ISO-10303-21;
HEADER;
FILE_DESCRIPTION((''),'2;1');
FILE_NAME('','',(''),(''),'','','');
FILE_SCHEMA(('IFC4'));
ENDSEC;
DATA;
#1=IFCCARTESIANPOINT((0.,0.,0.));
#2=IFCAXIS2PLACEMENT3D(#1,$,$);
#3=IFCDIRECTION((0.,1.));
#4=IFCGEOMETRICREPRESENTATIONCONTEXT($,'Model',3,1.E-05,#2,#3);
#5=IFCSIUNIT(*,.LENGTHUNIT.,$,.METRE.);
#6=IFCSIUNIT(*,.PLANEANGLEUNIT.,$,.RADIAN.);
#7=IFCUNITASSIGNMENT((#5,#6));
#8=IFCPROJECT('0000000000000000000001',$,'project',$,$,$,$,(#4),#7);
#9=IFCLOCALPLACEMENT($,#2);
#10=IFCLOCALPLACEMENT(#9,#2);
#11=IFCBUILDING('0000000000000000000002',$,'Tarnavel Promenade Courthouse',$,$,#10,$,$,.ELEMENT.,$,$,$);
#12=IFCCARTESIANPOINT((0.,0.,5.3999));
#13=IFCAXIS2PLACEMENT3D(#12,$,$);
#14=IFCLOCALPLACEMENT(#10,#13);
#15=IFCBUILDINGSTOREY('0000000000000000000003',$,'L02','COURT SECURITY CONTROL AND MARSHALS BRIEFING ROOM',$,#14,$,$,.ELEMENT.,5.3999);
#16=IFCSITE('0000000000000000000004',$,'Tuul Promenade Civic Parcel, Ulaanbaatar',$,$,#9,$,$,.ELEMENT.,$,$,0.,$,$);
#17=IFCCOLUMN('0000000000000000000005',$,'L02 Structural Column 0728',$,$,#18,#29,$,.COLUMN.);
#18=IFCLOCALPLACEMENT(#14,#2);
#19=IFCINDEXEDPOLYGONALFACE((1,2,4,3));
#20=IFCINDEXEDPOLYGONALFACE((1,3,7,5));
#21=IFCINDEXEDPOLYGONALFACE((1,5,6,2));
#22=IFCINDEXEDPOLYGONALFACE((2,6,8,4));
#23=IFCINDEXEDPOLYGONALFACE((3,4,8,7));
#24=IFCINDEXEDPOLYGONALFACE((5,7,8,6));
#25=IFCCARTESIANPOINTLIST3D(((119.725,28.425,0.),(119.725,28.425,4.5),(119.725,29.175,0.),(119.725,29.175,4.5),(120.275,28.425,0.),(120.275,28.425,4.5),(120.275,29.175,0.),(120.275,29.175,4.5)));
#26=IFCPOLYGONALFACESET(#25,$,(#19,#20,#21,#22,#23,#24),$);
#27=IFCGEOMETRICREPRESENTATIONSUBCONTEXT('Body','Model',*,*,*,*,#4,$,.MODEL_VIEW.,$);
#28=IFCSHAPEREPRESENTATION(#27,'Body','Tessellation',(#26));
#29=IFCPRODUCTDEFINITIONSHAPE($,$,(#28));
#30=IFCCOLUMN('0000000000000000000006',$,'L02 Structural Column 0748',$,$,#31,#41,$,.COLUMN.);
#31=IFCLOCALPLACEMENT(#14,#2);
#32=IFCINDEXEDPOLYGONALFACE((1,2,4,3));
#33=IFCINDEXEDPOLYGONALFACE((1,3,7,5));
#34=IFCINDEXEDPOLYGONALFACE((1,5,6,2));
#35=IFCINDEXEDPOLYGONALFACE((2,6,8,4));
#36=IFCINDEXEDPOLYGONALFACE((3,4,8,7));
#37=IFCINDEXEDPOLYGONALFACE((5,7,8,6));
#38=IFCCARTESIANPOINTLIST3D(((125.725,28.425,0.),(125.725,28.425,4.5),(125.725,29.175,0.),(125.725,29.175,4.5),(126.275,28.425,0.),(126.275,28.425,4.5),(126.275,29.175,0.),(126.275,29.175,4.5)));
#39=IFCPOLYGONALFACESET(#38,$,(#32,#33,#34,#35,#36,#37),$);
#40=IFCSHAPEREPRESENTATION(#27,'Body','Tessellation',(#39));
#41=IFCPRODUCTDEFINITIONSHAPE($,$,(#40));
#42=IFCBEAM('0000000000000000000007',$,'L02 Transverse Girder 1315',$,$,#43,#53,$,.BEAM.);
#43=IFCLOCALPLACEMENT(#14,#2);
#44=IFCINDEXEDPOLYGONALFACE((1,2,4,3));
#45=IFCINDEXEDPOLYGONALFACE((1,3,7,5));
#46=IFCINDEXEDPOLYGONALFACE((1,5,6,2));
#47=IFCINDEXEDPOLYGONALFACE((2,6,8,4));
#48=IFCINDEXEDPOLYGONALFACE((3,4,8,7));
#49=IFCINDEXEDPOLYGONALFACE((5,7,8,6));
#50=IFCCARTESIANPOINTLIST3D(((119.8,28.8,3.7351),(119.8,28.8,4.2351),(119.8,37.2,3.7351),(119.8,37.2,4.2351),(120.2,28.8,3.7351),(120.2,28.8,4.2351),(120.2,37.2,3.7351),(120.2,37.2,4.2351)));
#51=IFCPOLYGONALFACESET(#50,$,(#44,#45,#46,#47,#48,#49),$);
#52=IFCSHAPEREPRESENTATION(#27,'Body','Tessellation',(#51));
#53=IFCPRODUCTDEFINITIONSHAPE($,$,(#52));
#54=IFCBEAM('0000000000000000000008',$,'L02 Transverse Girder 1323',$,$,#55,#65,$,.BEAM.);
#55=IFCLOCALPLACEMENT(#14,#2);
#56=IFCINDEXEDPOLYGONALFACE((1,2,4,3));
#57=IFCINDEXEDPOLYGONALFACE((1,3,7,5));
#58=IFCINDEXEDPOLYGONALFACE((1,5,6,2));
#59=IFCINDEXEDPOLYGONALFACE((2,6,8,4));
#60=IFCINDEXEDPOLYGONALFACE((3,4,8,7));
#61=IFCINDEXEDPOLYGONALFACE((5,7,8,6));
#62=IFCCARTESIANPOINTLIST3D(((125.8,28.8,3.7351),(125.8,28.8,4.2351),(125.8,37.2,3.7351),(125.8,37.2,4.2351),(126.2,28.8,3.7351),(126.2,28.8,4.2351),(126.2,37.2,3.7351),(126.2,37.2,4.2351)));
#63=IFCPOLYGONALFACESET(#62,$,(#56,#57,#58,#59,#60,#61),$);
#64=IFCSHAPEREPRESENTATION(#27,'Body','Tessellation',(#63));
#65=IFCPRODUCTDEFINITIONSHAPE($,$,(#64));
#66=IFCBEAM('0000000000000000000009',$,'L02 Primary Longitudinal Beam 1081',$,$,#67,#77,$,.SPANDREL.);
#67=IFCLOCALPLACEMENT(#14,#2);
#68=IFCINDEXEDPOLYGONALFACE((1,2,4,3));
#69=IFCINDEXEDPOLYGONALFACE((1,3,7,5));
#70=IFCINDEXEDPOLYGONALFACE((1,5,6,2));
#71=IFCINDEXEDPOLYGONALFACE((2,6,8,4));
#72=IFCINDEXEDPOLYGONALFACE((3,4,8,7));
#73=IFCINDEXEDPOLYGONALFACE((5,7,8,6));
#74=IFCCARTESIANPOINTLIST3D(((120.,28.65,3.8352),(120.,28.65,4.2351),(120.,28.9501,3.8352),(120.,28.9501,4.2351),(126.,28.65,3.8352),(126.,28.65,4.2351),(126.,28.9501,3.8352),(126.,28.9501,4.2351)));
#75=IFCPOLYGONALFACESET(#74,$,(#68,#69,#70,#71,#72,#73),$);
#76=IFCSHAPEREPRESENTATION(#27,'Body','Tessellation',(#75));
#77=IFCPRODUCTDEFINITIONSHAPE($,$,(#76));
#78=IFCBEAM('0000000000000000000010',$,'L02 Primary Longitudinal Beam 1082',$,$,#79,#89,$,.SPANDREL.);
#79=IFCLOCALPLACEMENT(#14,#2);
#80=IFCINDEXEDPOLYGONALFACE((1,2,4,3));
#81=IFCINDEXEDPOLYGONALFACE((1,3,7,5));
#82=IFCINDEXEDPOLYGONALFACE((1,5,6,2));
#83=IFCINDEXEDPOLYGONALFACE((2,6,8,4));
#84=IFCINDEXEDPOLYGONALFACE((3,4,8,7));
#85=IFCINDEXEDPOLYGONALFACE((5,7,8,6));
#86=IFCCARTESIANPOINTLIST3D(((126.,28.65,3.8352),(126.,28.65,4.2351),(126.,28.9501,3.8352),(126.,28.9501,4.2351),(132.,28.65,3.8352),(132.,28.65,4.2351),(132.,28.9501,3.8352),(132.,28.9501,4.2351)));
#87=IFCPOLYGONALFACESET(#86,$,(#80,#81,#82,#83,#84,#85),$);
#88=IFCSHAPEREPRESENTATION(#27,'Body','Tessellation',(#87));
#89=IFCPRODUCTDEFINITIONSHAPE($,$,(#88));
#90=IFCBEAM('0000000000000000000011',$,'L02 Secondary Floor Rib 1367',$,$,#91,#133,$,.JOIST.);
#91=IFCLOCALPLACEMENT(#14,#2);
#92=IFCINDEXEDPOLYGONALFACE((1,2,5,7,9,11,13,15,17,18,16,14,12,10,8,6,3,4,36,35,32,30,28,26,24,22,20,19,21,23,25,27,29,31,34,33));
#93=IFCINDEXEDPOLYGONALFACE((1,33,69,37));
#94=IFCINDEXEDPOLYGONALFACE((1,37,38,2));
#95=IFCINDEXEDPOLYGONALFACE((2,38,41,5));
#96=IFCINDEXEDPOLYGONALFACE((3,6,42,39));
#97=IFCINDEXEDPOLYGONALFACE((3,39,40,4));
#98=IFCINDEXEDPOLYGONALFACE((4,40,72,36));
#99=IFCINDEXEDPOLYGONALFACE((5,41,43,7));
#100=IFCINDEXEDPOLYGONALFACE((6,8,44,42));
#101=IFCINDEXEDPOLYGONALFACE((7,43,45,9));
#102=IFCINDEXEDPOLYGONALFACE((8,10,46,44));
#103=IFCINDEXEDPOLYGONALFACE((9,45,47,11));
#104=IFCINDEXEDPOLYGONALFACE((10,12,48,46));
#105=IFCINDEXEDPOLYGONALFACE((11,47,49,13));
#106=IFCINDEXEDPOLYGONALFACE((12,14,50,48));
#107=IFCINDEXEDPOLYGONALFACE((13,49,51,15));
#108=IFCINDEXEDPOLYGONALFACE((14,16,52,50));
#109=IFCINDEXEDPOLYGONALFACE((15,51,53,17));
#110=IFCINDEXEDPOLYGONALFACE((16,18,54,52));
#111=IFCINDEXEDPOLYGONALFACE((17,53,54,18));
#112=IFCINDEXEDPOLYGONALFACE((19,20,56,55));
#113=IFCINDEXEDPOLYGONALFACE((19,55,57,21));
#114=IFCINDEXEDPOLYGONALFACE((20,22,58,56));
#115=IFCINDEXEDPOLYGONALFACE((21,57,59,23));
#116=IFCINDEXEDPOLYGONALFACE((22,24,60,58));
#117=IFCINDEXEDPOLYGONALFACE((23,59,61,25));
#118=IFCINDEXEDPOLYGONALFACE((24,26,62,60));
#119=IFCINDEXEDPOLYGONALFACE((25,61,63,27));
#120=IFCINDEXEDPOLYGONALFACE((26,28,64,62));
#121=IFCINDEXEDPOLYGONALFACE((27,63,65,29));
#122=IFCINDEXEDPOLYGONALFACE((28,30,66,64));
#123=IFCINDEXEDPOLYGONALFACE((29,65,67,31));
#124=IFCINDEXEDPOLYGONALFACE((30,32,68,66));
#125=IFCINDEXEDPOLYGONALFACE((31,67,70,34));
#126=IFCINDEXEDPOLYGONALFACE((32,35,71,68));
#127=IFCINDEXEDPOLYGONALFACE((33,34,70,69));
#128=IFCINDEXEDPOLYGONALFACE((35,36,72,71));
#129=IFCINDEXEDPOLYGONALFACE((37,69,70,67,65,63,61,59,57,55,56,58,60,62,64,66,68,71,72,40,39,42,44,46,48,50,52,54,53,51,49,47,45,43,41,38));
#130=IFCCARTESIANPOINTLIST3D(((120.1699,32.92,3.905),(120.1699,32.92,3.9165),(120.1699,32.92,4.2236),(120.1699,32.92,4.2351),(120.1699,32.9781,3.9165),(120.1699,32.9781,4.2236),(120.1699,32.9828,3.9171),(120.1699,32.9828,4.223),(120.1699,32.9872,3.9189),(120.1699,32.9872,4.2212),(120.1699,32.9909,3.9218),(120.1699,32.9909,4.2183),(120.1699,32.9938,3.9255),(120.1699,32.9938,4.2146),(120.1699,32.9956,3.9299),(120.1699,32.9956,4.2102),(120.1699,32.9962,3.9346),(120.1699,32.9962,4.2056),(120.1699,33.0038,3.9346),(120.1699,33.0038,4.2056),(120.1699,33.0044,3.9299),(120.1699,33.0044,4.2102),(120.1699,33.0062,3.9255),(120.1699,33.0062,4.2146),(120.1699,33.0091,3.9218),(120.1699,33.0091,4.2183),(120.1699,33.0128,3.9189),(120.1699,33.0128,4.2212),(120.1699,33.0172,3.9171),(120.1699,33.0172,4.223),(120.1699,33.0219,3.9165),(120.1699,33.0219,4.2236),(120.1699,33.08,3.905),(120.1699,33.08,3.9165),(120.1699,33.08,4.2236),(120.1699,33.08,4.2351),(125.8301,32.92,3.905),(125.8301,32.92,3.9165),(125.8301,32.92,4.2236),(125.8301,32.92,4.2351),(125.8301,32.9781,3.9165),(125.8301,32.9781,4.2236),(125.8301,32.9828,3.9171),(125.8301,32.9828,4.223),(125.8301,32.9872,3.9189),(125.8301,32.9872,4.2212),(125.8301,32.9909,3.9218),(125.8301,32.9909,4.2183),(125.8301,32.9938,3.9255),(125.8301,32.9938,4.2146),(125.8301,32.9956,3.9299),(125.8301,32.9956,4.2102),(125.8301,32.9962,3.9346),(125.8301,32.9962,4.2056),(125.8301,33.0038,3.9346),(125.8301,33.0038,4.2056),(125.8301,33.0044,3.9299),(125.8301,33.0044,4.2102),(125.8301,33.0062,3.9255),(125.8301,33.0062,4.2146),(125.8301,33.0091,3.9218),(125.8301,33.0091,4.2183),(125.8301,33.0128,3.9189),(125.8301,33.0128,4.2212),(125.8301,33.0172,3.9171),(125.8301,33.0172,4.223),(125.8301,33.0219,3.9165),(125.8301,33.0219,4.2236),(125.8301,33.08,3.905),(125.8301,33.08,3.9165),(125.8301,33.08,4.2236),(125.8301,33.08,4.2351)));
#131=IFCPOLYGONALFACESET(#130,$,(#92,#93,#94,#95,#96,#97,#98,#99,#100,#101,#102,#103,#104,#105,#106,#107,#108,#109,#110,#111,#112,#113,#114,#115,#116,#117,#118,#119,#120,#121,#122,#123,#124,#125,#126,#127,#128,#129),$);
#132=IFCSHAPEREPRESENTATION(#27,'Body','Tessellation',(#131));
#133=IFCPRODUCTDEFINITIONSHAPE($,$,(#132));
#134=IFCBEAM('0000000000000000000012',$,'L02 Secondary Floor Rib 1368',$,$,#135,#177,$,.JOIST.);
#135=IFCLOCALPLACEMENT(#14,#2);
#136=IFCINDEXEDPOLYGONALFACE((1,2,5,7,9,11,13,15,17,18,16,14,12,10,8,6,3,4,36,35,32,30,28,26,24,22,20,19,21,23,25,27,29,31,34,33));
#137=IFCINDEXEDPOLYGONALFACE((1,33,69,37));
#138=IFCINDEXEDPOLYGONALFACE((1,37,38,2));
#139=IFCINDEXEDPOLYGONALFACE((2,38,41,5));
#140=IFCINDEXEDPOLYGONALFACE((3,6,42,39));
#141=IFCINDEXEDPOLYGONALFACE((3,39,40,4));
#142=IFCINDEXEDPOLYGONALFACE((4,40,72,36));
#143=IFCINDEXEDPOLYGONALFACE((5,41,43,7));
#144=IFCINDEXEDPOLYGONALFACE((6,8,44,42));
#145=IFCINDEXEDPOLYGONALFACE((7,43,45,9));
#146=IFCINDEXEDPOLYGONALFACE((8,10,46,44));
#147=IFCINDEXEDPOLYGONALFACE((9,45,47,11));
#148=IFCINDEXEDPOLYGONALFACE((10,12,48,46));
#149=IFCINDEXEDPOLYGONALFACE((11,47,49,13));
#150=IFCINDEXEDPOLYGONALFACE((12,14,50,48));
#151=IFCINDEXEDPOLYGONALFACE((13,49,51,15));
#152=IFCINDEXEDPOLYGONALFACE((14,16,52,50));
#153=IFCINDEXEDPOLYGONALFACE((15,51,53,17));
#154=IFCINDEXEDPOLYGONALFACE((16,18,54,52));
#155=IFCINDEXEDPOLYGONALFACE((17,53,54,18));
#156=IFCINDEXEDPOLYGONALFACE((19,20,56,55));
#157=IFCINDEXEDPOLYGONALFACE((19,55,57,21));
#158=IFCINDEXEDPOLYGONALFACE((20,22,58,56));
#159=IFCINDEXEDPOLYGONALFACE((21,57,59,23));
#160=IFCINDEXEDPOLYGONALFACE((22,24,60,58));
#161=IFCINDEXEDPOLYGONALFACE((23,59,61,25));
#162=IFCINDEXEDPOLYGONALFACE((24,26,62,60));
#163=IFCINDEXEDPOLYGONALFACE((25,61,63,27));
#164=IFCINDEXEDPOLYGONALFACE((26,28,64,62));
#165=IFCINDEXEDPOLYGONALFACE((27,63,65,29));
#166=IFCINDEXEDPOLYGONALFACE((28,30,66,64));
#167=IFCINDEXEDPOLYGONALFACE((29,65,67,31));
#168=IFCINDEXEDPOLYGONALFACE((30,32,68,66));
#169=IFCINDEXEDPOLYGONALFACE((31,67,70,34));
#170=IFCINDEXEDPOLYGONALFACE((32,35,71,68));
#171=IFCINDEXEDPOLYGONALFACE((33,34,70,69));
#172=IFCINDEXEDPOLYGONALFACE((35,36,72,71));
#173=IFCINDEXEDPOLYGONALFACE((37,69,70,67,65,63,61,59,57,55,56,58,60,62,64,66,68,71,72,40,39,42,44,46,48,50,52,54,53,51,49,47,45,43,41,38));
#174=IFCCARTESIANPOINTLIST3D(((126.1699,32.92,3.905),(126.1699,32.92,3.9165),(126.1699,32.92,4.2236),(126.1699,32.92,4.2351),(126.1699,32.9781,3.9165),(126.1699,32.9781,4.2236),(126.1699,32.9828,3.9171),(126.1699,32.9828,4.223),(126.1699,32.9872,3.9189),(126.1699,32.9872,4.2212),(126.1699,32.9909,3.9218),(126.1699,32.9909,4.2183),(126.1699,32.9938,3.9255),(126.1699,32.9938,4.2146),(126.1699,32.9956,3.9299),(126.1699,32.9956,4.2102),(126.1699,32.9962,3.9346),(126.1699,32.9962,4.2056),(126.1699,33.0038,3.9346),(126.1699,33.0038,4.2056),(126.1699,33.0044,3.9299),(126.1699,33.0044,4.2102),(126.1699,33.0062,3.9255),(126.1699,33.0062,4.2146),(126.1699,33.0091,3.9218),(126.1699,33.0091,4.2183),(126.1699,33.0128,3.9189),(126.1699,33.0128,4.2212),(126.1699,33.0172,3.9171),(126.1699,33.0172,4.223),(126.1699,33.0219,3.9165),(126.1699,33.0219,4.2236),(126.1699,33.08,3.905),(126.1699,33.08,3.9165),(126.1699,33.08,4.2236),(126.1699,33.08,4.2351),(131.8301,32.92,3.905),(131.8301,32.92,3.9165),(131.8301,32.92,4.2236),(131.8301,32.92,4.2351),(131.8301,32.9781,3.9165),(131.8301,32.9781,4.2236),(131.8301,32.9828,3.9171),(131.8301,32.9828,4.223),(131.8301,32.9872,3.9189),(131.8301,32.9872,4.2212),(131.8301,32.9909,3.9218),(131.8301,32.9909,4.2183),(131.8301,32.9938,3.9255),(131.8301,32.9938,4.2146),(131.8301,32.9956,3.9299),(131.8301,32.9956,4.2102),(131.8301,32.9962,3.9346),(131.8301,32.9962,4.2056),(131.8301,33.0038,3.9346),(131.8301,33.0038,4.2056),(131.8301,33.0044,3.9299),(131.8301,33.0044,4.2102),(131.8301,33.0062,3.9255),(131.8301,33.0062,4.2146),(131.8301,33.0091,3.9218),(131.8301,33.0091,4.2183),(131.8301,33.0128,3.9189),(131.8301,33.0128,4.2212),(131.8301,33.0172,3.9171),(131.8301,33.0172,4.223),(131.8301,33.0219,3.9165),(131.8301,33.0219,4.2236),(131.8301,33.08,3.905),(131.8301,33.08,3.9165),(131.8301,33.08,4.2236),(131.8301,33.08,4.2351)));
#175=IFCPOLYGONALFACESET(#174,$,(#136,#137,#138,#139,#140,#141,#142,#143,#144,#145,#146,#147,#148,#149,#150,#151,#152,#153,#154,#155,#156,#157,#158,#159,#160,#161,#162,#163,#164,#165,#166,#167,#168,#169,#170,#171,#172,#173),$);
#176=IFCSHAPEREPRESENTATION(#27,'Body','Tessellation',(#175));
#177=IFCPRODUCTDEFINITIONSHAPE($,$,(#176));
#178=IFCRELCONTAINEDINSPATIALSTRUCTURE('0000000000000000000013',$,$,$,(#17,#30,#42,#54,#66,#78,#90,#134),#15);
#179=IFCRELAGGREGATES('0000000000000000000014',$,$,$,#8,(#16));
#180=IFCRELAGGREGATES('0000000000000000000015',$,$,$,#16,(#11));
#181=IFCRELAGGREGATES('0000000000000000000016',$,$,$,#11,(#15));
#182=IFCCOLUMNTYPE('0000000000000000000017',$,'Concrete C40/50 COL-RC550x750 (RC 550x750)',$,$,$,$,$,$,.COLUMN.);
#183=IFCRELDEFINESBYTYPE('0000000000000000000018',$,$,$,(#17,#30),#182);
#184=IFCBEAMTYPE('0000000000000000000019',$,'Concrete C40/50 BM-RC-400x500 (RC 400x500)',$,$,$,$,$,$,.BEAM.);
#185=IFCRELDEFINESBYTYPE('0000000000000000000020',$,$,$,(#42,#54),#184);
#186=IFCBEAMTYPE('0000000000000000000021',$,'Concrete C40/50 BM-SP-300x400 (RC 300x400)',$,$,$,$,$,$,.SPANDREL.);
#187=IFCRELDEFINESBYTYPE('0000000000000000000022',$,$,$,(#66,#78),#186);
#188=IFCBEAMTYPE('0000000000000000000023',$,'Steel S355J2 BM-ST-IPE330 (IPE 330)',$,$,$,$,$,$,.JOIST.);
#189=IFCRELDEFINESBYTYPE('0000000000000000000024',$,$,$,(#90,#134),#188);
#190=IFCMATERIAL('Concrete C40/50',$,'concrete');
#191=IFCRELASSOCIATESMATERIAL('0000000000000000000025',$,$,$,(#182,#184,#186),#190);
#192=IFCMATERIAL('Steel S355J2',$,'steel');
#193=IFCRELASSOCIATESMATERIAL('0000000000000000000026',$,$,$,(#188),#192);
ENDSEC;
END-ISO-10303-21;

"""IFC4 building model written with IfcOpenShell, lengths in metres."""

from ifc_helpers import new_model, si_unit, direction, frame, origin, origin_2d, place, context, subcontext, project, spatial, rectangle, i_section, extrude, material, material_profile, profile_set, type_object, element, save


model = new_model("IFC4")

# Units and contexts
model_context = context("Model", 3, precision=1e-05, world=origin(), true_north=direction((0.0, 1.0)))
body_context = subcontext(model_context, "Body", "Model", "MODEL_VIEW")
ifc_project = project(units=[si_unit("LENGTHUNIT", "METRE"), si_unit("PLANEANGLEUNIT", "RADIAN")], contexts=[model_context])

# Site, building, storey
site_placement = place(None, origin())
site = spatial("IfcSite", under=ifc_project, at=site_placement, Name="Tuul Promenade Civic Parcel, Ulaanbaatar", CompositionType="ELEMENT", RefElevation=0.0)
building_placement = place(site_placement, origin())
building = spatial("IfcBuilding", under=site, at=building_placement, Name="Tarnavel Promenade Courthouse", CompositionType="ELEMENT")
storey_placement = place(building_placement, frame((0.0, 0.0, 5.3999)))
storey = spatial("IfcBuildingStorey", under=building, at=storey_placement, Name="L02", Description="COURT SECURITY CONTROL AND MARSHALS BRIEFING ROOM", CompositionType="ELEMENT", Elevation=5.3999)

# Columns
ifc_material_1 = material(Name="Concrete C40/50", Category="concrete")
ifc_material_profile_1 = material_profile(ifc_material_1, rectangle(XDim=0.55, YDim=0.75, at=origin_2d()), Name="RC 550x750")
ifc_profile_set_1 = profile_set([ifc_material_profile_1], Name="Concrete C40/50")
column_type = type_object("IfcColumnType", Name="Concrete C40/50 COL-RC550x750 (RC 550x750)", PredefinedType="COLUMN", material=ifc_profile_set_1)
for number, where, z_axis, x_axis, name in (
    (1, (120.0, 28.8, 0.0), (0.0, 0.0, 1.0), (1.0, 0.0, 0.0), "L02 Structural Column 0728"),
    (2, (126.0, 28.8, 0.0), (0.0, 0.0, 1.0), (1.0, 0.0, 0.0), "L02 Structural Column 0748"),
):
    element("IfcColumn", number, at=place(storey_placement, frame(where, z_axis=z_axis, x_axis=x_axis)), inside=storey, type_object=column_type, Name=name, PredefinedType="COLUMN", context=body_context, shape_type="SweptSolid", body=[
        extrude(rectangle(XDim=0.55, YDim=0.75, at=origin_2d()), origin(), (0.0, 0.0, 1.0), 4.5),
    ])

# Beams
ifc_material_profile_2 = material_profile(ifc_material_1, rectangle(XDim=0.3999, YDim=0.5, at=origin_2d()), Name="RC 400x500")
ifc_profile_set_2 = profile_set([ifc_material_profile_2], Name="Concrete C40/50")
beam_type_1 = type_object("IfcBeamType", Name="Concrete C40/50 BM-RC-400x500 (RC 400x500)", PredefinedType="BEAM", material=ifc_profile_set_2)
for number, where, z_axis, x_axis, name in (
    (3, (120.0, 28.8, 3.9851), (0.0, 1.0, 0.0), (-1.0, 0.0, 0.0), "L02 Transverse Girder 1315"),
    (4, (126.0, 28.8, 3.9851), (0.0, 1.0, 0.0), (-1.0, 0.0, 0.0), "L02 Transverse Girder 1323"),
):
    element("IfcBeam", number, at=place(storey_placement, frame(where, z_axis=z_axis, x_axis=x_axis)), inside=storey, type_object=beam_type_1, Name=name, PredefinedType="BEAM", context=body_context, shape_type="SweptSolid", body=[
        extrude(rectangle(XDim=0.3999, YDim=0.5, at=origin_2d()), origin(), (0.0, 0.0, 1.0), 8.3999),
    ])
ifc_material_profile_3 = material_profile(ifc_material_1, rectangle(XDim=0.3, YDim=0.3999, at=origin_2d()), Name="RC 300x400")
ifc_profile_set_3 = profile_set([ifc_material_profile_3], Name="Concrete C40/50")
beam_type_2 = type_object("IfcBeamType", Name="Concrete C40/50 BM-SP-300x400 (RC 300x400)", PredefinedType="SPANDREL", material=ifc_profile_set_3)
for number, where, z_axis, x_axis, name in (
    (5, (120.0, 28.8, 4.0352), (1.0, 0.0, 0.0), (0.0, 1.0, 0.0), "L02 Primary Longitudinal Beam 1081"),
    (6, (126.0, 28.8, 4.0352), (1.0, 0.0, 0.0), (0.0, 1.0, 0.0), "L02 Primary Longitudinal Beam 1082"),
):
    element("IfcBeam", number, at=place(storey_placement, frame(where, z_axis=z_axis, x_axis=x_axis)), inside=storey, type_object=beam_type_2, Name=name, PredefinedType="SPANDREL", context=body_context, shape_type="SweptSolid", body=[
        extrude(rectangle(XDim=0.3, YDim=0.3999, at=origin_2d()), origin(), (0.0, 0.0, 1.0), 6.0),
    ])
ifc_material_2 = material(Name="Steel S355J2", Category="steel")
ifc_material_profile_4 = material_profile(ifc_material_2, i_section(OverallWidth=0.1599, OverallDepth=0.3301, WebThickness=0.0076, FlangeThickness=0.0115, FilletRadius=0.0181, at=origin_2d()), Name="IPE 330")
ifc_profile_set_4 = profile_set([ifc_material_profile_4], Name="Steel S355J2")
beam_type_3 = type_object("IfcBeamType", Name="Steel S355J2 BM-ST-IPE330 (IPE 330)", PredefinedType="JOIST", material=ifc_profile_set_4)
for number, where, z_axis, x_axis, name in (
    (7, (120.1699, 33.0, 4.0701), (1.0, 0.0, 0.0), (0.0, 1.0, 0.0), "L02 Secondary Floor Rib 1367"),
    (8, (126.1699, 33.0, 4.0701), (1.0, 0.0, 0.0), (0.0, 1.0, 0.0), "L02 Secondary Floor Rib 1368"),
):
    element("IfcBeam", number, at=place(storey_placement, frame(where, z_axis=z_axis, x_axis=x_axis)), inside=storey, type_object=beam_type_3, Name=name, PredefinedType="JOIST", context=body_context, shape_type="SweptSolid", body=[
        extrude(i_section(OverallWidth=0.1599, OverallDepth=0.3301, WebThickness=0.0076, FlangeThickness=0.0115, FilletRadius=0.0181, at=origin_2d()), origin(), (0.0, 0.0, 1.0), 5.6602),
    ])

save(model, "model.ifc")
